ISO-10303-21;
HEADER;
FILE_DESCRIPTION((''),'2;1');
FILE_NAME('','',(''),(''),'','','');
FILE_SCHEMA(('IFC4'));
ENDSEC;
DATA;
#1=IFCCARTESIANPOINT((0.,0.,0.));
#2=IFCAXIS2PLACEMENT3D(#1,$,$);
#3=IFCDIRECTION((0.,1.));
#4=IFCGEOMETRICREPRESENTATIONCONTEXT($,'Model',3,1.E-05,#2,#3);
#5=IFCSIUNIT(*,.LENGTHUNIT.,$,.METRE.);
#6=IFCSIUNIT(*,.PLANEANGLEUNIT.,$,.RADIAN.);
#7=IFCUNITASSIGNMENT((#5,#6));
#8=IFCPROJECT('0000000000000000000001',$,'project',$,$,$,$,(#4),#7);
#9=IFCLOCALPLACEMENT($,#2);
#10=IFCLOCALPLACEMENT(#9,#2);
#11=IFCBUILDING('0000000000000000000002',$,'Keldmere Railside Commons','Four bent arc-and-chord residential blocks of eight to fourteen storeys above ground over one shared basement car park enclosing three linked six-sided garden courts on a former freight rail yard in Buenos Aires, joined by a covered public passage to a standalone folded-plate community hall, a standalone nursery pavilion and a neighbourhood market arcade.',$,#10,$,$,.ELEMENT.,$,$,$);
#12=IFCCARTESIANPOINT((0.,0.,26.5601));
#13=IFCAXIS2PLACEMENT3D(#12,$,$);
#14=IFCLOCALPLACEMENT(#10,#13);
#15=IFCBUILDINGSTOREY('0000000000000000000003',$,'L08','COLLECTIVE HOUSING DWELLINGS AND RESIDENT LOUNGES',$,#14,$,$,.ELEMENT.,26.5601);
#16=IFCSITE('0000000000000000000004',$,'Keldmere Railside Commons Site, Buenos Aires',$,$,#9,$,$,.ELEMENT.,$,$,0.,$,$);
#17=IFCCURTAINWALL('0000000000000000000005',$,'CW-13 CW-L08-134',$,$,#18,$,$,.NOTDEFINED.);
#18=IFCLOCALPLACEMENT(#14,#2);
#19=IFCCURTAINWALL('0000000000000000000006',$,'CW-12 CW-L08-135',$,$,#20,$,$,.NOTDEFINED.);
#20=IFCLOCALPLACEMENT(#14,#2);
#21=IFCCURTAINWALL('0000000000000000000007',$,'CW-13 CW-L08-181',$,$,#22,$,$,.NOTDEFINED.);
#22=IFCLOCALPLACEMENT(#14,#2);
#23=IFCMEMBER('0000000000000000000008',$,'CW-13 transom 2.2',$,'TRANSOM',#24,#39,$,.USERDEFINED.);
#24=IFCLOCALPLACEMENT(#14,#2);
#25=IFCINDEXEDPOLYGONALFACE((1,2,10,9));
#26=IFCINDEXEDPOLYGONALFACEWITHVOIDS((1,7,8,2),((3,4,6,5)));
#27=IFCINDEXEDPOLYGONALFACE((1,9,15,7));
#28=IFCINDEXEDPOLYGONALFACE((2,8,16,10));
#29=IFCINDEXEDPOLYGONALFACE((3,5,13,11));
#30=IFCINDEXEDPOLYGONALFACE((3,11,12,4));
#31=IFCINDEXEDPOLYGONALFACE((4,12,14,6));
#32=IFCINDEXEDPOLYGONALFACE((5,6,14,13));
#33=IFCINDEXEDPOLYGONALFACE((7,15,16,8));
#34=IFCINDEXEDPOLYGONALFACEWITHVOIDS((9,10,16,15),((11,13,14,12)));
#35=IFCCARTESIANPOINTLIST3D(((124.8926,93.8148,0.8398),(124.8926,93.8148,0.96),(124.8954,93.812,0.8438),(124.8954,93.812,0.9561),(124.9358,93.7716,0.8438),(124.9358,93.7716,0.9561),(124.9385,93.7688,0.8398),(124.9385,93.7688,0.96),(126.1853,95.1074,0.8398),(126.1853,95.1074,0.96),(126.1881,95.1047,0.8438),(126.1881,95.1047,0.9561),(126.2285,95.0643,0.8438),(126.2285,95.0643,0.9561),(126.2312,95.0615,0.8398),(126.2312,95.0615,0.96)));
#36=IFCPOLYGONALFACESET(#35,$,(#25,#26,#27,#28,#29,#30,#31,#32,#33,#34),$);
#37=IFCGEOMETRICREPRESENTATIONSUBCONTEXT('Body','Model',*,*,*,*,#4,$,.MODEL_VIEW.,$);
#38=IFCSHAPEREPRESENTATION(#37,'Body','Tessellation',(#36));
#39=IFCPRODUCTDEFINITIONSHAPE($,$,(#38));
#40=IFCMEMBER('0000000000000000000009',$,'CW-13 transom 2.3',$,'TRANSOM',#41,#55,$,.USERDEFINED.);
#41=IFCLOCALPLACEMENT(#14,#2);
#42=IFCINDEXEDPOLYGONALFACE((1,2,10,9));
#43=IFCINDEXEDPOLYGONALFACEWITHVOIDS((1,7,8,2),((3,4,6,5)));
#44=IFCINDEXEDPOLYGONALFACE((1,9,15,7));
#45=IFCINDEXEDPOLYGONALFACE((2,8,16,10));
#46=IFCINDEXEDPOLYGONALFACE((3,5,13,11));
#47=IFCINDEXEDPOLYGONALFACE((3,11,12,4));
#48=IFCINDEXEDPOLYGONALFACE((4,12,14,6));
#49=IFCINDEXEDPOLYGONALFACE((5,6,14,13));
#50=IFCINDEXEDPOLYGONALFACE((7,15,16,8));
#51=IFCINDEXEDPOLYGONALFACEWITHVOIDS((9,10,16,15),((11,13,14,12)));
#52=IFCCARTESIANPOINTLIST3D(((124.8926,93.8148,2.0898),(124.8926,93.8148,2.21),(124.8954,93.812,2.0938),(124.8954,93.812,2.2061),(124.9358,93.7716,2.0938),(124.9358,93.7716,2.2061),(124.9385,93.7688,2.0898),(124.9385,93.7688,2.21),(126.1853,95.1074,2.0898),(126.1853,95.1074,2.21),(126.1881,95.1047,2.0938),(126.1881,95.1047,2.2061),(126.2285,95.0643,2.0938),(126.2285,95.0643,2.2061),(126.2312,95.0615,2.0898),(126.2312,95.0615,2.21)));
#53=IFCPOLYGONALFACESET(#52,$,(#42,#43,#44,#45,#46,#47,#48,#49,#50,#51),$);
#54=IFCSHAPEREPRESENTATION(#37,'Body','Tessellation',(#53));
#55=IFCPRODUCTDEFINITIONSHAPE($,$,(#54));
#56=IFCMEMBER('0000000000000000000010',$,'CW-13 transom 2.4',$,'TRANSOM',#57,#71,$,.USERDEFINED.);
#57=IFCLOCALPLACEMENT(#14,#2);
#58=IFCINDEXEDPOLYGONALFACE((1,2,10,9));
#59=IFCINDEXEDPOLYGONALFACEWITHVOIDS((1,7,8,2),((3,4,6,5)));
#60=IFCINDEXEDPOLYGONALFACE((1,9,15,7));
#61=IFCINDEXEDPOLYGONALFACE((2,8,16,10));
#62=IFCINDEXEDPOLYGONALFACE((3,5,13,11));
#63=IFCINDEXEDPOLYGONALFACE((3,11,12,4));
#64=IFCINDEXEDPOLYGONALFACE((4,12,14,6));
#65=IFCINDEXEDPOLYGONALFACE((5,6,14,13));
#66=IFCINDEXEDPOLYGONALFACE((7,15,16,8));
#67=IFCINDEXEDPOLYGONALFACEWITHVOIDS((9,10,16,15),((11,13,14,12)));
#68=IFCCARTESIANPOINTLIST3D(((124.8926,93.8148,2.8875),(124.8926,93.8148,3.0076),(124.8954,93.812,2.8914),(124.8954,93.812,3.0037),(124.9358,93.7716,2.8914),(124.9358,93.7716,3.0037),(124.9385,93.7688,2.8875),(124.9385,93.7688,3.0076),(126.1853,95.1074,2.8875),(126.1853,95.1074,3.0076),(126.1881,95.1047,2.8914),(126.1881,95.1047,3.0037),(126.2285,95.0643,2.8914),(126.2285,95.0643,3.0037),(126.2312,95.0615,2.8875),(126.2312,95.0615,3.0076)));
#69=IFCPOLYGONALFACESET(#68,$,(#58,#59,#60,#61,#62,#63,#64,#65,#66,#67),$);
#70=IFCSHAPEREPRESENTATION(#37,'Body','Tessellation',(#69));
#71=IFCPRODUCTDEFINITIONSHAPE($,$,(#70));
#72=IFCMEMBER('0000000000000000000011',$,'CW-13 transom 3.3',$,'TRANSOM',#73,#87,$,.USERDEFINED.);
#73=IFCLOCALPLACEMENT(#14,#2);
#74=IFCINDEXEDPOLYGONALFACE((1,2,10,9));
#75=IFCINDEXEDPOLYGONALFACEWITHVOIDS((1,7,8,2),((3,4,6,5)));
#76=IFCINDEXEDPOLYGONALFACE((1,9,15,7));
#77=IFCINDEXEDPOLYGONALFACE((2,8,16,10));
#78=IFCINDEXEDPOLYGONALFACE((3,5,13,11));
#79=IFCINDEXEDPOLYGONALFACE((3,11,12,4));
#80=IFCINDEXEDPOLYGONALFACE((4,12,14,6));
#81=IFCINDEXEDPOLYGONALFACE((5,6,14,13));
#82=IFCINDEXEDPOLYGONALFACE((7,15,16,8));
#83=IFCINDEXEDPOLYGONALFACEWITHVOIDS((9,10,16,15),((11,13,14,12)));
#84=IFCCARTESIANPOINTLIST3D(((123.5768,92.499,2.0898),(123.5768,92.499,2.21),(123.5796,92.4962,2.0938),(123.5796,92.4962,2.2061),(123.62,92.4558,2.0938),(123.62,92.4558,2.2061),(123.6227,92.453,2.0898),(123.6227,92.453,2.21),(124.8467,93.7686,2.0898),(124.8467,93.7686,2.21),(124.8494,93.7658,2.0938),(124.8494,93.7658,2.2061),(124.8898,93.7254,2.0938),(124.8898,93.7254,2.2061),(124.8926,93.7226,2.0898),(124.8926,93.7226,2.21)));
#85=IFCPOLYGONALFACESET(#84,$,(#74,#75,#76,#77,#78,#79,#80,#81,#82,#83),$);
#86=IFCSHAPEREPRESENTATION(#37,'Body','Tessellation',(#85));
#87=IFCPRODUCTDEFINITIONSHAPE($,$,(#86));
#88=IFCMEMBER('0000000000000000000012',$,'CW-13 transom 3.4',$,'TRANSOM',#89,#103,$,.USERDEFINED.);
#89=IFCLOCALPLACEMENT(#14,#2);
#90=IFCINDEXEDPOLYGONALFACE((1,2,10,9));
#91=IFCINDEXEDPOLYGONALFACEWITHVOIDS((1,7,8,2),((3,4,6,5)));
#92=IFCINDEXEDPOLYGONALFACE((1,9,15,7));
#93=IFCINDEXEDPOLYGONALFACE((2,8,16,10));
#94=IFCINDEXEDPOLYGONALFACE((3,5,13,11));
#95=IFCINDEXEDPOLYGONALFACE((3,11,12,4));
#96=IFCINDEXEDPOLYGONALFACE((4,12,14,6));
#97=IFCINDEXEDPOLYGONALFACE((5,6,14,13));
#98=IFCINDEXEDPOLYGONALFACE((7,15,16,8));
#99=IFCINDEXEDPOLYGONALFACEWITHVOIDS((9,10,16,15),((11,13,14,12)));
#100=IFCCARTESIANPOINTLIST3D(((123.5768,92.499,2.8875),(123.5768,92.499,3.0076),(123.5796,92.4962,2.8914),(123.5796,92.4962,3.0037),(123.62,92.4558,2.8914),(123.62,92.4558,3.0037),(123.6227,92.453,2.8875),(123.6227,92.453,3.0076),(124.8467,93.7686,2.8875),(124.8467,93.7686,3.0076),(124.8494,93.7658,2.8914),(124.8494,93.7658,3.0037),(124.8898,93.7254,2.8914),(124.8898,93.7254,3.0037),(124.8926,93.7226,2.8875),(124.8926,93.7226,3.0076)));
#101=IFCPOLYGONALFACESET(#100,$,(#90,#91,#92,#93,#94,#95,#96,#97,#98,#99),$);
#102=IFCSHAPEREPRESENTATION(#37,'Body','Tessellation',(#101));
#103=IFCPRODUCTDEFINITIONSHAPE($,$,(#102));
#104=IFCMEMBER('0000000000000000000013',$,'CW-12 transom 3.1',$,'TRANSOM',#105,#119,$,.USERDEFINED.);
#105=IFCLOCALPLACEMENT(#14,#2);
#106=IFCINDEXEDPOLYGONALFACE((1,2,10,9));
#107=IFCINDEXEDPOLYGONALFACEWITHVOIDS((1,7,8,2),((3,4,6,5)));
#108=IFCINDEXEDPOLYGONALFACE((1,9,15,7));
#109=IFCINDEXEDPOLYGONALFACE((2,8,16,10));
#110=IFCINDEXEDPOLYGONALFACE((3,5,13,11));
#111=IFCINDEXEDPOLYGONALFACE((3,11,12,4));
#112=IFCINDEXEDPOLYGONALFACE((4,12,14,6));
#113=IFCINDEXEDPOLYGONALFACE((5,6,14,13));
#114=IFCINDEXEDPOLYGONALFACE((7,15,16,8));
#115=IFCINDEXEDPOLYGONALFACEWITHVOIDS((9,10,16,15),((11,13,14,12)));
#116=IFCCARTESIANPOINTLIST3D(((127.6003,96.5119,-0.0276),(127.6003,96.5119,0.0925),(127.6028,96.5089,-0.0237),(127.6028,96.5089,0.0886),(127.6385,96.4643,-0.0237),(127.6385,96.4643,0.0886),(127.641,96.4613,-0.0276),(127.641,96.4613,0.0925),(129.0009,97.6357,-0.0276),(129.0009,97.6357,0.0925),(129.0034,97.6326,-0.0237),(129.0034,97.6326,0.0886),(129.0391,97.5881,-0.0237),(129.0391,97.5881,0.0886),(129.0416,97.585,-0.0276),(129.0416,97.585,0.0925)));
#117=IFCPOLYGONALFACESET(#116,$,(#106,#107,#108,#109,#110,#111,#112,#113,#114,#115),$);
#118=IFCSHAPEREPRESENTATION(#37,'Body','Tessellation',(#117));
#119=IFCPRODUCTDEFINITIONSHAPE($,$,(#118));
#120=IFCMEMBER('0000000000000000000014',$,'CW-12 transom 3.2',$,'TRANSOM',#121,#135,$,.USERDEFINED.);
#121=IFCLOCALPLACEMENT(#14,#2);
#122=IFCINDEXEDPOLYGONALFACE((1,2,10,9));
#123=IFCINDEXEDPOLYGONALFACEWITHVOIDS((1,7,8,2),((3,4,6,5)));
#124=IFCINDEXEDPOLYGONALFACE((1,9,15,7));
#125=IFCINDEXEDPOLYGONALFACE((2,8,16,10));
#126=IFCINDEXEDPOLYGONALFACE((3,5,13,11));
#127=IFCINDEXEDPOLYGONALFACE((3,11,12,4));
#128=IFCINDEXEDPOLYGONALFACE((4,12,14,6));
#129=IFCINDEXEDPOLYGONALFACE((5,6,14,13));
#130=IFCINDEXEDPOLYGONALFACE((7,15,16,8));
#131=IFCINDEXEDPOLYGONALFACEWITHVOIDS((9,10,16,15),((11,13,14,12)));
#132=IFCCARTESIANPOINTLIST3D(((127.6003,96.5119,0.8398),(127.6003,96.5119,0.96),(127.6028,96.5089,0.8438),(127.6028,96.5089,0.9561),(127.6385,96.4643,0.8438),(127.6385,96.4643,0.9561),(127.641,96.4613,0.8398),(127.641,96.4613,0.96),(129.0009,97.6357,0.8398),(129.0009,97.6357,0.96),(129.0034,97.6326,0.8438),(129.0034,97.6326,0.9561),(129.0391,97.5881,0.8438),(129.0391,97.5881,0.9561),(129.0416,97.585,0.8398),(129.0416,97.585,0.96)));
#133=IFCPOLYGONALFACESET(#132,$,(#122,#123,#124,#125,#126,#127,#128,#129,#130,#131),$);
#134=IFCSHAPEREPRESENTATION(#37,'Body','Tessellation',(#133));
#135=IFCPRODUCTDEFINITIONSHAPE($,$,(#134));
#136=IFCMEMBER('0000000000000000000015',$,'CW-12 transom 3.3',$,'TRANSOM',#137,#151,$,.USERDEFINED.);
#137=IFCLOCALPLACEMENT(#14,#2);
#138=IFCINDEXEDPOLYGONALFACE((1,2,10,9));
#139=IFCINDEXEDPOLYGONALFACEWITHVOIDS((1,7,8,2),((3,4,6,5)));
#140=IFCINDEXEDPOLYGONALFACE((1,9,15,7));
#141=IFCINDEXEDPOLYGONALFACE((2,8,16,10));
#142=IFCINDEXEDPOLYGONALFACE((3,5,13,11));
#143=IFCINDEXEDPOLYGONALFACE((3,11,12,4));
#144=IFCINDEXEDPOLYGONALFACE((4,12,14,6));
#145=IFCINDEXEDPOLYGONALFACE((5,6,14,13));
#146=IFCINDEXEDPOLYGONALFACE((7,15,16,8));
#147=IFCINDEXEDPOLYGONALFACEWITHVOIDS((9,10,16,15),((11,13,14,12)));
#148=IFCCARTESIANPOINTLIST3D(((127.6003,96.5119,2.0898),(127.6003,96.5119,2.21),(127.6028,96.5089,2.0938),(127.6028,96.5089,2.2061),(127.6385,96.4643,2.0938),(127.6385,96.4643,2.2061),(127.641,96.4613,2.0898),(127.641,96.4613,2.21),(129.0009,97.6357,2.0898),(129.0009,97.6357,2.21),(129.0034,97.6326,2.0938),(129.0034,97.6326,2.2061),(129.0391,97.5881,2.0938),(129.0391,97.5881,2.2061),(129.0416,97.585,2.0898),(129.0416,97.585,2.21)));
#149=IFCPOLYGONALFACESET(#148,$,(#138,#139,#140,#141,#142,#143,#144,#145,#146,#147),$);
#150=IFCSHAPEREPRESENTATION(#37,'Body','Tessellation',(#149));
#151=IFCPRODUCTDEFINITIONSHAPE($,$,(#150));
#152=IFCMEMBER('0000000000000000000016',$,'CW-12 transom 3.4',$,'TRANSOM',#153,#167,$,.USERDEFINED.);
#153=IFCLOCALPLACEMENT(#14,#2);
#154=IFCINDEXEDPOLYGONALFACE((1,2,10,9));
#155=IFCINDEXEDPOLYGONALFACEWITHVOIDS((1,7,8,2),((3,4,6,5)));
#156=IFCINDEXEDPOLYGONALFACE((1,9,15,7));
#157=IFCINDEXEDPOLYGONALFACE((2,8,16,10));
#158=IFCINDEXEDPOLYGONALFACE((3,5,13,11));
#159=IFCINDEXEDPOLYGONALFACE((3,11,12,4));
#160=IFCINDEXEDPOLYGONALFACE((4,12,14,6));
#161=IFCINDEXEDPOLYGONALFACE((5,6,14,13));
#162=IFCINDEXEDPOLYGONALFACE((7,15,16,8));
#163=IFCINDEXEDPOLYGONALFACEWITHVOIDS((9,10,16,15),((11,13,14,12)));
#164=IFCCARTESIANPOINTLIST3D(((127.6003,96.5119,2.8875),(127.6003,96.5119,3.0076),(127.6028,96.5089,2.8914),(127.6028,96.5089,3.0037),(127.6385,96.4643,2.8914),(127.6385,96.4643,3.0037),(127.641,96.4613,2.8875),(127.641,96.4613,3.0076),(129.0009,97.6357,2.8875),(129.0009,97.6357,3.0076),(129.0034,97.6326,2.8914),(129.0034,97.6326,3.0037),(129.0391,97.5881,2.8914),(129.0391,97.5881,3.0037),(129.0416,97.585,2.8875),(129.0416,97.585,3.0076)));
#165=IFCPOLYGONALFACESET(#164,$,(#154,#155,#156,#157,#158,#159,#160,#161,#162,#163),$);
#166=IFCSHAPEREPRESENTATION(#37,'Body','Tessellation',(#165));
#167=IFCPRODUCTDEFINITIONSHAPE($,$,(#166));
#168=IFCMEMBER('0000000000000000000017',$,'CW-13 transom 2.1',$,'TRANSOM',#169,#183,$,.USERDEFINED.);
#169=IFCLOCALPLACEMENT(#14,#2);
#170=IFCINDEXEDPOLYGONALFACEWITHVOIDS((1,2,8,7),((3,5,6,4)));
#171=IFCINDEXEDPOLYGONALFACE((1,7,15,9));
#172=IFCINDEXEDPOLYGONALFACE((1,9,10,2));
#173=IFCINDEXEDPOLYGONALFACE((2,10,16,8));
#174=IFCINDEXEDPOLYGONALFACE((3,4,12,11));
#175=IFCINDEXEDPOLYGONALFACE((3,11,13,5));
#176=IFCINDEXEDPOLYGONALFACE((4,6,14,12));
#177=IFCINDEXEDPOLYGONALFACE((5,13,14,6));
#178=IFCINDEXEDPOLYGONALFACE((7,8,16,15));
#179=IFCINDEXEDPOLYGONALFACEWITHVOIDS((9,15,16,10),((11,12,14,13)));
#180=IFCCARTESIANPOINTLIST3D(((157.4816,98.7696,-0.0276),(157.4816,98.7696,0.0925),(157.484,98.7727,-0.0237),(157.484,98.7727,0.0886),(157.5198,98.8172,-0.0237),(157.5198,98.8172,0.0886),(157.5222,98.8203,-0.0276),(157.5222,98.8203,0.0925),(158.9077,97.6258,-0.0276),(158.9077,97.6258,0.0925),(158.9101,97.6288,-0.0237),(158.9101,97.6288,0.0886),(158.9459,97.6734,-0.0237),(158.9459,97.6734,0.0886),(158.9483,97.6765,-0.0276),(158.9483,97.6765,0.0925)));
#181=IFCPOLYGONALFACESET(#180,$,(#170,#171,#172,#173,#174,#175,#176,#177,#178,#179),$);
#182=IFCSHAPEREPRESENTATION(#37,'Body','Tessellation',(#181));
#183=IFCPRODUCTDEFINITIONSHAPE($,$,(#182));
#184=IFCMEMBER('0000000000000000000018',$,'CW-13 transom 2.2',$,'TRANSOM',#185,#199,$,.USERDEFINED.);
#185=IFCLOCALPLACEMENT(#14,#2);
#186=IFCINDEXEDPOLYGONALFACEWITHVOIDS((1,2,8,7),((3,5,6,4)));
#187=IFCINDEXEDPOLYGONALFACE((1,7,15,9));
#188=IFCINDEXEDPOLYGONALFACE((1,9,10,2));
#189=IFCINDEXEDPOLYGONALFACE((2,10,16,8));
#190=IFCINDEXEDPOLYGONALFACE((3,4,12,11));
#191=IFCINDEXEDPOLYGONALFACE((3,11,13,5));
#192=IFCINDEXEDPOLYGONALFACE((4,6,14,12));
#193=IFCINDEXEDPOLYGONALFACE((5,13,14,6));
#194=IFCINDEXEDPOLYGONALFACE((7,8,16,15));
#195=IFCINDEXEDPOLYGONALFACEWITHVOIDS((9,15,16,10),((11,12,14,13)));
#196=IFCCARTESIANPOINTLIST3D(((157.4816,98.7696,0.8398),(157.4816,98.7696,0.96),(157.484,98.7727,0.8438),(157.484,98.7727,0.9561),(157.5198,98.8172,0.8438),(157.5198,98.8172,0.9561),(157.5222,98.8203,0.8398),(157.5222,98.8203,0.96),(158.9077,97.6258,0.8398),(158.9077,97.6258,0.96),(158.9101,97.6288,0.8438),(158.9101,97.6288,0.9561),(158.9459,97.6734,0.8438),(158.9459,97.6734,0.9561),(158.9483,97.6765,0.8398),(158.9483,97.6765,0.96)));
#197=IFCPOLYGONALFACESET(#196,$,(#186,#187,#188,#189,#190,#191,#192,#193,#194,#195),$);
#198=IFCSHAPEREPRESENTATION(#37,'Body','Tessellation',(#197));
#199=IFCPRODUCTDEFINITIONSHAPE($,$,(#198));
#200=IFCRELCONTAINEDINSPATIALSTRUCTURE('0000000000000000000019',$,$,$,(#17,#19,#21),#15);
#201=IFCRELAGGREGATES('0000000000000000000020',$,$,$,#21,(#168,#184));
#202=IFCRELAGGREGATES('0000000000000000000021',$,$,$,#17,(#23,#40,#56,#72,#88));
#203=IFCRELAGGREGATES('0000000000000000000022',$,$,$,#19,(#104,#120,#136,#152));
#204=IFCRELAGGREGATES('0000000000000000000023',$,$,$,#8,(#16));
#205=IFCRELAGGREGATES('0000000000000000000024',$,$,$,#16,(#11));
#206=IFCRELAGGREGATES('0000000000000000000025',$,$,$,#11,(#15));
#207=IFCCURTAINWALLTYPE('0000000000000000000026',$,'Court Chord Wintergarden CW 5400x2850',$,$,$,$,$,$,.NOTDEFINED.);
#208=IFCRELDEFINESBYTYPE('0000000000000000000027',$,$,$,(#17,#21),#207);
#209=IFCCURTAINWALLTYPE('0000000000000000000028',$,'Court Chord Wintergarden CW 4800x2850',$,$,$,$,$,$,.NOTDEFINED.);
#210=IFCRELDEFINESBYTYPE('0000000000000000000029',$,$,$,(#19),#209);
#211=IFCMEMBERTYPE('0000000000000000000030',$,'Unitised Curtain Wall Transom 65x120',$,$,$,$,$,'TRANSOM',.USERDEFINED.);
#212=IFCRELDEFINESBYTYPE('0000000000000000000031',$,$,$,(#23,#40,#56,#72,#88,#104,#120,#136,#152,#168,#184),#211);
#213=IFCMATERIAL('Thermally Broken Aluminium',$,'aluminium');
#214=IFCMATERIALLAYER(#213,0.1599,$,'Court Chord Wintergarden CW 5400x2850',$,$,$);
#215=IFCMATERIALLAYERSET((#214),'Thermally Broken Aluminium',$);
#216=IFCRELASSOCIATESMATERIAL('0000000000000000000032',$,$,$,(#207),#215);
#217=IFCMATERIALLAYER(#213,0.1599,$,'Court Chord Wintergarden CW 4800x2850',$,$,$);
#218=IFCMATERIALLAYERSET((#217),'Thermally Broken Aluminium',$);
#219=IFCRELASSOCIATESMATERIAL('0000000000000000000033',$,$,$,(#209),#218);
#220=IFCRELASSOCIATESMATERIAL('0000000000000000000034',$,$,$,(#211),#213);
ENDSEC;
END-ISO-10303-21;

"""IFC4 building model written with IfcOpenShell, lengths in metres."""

from ifc_helpers import new_model, si_unit, direction, frame, origin, origin_2d, place, context, subcontext, project, spatial, hollow_rectangle, extrude, material, layer, layer_set, material_profile, profile_set, type_object, element, aggregate, save


model = new_model("IFC4")

# Units and contexts
model_context = context("Model", 3, precision=1e-05, world=origin(), true_north=direction((0.0, 1.0)))
body_context = subcontext(model_context, "Body", "Model", "MODEL_VIEW")
ifc_project = project(units=[si_unit("LENGTHUNIT", "METRE"), si_unit("PLANEANGLEUNIT", "RADIAN")], contexts=[model_context])

# Site, building, storey
site_placement = place(None, origin())
site = spatial("IfcSite", under=ifc_project, at=site_placement, Name="Keldmere Railside Commons Site, Buenos Aires", CompositionType="ELEMENT", RefElevation=0.0)
building_placement = place(site_placement, origin())
building = spatial("IfcBuilding", under=site, at=building_placement, Name="Keldmere Railside Commons", Description="Four bent arc-and-chord residential blocks of eight to fourteen storeys above ground over one shared basement car park enclosing three linked six-sided garden courts on a former freight rail yard in Buenos Aires, joined by a covered public passage to a standalone folded-plate community hall, a standalone nursery pavilion and a neighbourhood market arcade.", CompositionType="ELEMENT")
storey_placement = place(building_placement, frame((0.0, 0.0, 26.5601)))
storey = spatial("IfcBuildingStorey", under=building, at=storey_placement, Name="L08", Description="COLLECTIVE HOUSING DWELLINGS AND RESIDENT LOUNGES", CompositionType="ELEMENT", Elevation=26.5601)

# Curtain walls
ifc_material_1 = material(Name="Thermally Broken Aluminium", Category="aluminium")
ifc_layer_1 = layer(ifc_material_1, 0.1599, Name="Court Chord Wintergarden CW 5400x2850")
ifc_layer_set_1 = layer_set([ifc_layer_1], Name="Thermally Broken Aluminium")
curtain_wall_type_1 = type_object("IfcCurtainWallType", Name="Court Chord Wintergarden CW 5400x2850", PredefinedType="NOTDEFINED", material=ifc_layer_set_1)
curtain_wall_1_placement = place(storey_placement, origin())
curtain_wall_1 = element("IfcCurtainWall", 1, at=curtain_wall_1_placement, inside=storey, type_object=curtain_wall_type_1, Name="CW-13 CW-L08-134", PredefinedType="NOTDEFINED")
ifc_layer_2 = layer(ifc_material_1, 0.1599, Name="Court Chord Wintergarden CW 4800x2850")
ifc_layer_set_2 = layer_set([ifc_layer_2], Name="Thermally Broken Aluminium")
curtain_wall_type_2 = type_object("IfcCurtainWallType", Name="Court Chord Wintergarden CW 4800x2850", PredefinedType="NOTDEFINED", material=ifc_layer_set_2)
curtain_wall_2_placement = place(storey_placement, origin())
curtain_wall_2 = element("IfcCurtainWall", 2, at=curtain_wall_2_placement, inside=storey, type_object=curtain_wall_type_2, Name="CW-12 CW-L08-135", PredefinedType="NOTDEFINED")

# Curtain wall
curtain_wall_3_placement = place(storey_placement, origin())
curtain_wall_3 = element("IfcCurtainWall", 3, at=curtain_wall_3_placement, inside=storey, type_object=curtain_wall_type_1, Name="CW-13 CW-L08-181", PredefinedType="NOTDEFINED")

# Members
ifc_material_profile_1 = material_profile(ifc_material_1, hollow_rectangle(XDim=0.0649, YDim=0.1201, WallThickness=0.0039, at=origin_2d()), Name="ALU-TRAN-65x120")
ifc_profile_set_1 = profile_set([ifc_material_profile_1], Name="Thermally Broken Aluminium")
member_type_1 = type_object("IfcMemberType", Name="Unitised Curtain Wall Transom 65x120", ElementType="TRANSOM", PredefinedType="USERDEFINED", material=ifc_profile_set_1)
member_1_placement = place(storey_placement, frame((126.2083, 95.0845, 0.8999), z_axis=(-0.707107, -0.707107, 0.0), x_axis=(0.707107, -0.707107, 0.0)))
member_1 = element("IfcMember", 4, at=member_1_placement, type_object=member_type_1, Name="CW-13 transom 2.2", ObjectType="TRANSOM", PredefinedType="USERDEFINED", context=body_context, shape_type="SweptSolid", body=[
    extrude(hollow_rectangle(XDim=0.0649, YDim=0.1201, WallThickness=0.0039, at=origin_2d()), origin(), (0.0, 0.0, 1.0), 1.8281),
])
member_2_placement = place(storey_placement, frame((126.2083, 95.0845, 2.1499), z_axis=(-0.707107, -0.707107, 0.0), x_axis=(0.707107, -0.707107, 0.0)))
member_2 = element("IfcMember", 5, at=member_2_placement, type_object=member_type_1, Name="CW-13 transom 2.3", ObjectType="TRANSOM", PredefinedType="USERDEFINED", context=body_context, shape_type="SweptSolid", body=[
    extrude(hollow_rectangle(XDim=0.0649, YDim=0.1201, WallThickness=0.0039, at=origin_2d()), origin(), (0.0, 0.0, 1.0), 1.8281),
])
member_3_placement = place(storey_placement, frame((126.2083, 95.0845, 2.9475), z_axis=(-0.707107, -0.707107, 0.0), x_axis=(0.707107, -0.707107, 0.0)))
member_3 = element("IfcMember", 6, at=member_3_placement, type_object=member_type_1, Name="CW-13 transom 2.4", ObjectType="TRANSOM", PredefinedType="USERDEFINED", context=body_context, shape_type="SweptSolid", body=[
    extrude(hollow_rectangle(XDim=0.0649, YDim=0.1201, WallThickness=0.0039, at=origin_2d()), origin(), (0.0, 0.0, 1.0), 1.8281),
])
member_4_placement = place(storey_placement, frame((124.8696, 93.7456, 2.1499), z_axis=(-0.707175, -0.707039, 0.0), x_axis=(0.707039, -0.707175, 0.0)))
member_4 = element("IfcMember", 7, at=member_4_placement, type_object=member_type_1, Name="CW-13 transom 3.3", ObjectType="TRANSOM", PredefinedType="USERDEFINED", context=body_context, shape_type="SweptSolid", body=[
    extrude(hollow_rectangle(XDim=0.0649, YDim=0.1201, WallThickness=0.0039, at=origin_2d()), origin(), (0.0, 0.0, 1.0), 1.7957),
])
member_5_placement = place(storey_placement, frame((124.8696, 93.7456, 2.9475), z_axis=(-0.707175, -0.707039, 0.0), x_axis=(0.707039, -0.707175, 0.0)))
member_5 = element("IfcMember", 8, at=member_5_placement, type_object=member_type_1, Name="CW-13 transom 3.4", ObjectType="TRANSOM", PredefinedType="USERDEFINED", context=body_context, shape_type="SweptSolid", body=[
    extrude(hollow_rectangle(XDim=0.0649, YDim=0.1201, WallThickness=0.0039, at=origin_2d()), origin(), (0.0, 0.0, 1.0), 1.7957),
])
member_6_placement = place(storey_placement, frame((129.0212, 97.6104, 0.0325), z_axis=(-0.779979, -0.625805, 0.0), x_axis=(0.625805, -0.779979, 0.0)))
member_6 = element("IfcMember", 9, at=member_6_placement, type_object=member_type_1, Name="CW-12 transom 3.1", ObjectType="TRANSOM", PredefinedType="USERDEFINED", context=body_context, shape_type="SweptSolid", body=[
    extrude(hollow_rectangle(XDim=0.0649, YDim=0.1201, WallThickness=0.0039, at=origin_2d()), origin(), (0.0, 0.0, 1.0), 1.7957),
])
member_7_placement = place(storey_placement, frame((129.0212, 97.6104, 0.8999), z_axis=(-0.779979, -0.625805, 0.0), x_axis=(0.625805, -0.779979, 0.0)))
member_7 = element("IfcMember", 10, at=member_7_placement, type_object=member_type_1, Name="CW-12 transom 3.2", ObjectType="TRANSOM", PredefinedType="USERDEFINED", context=body_context, shape_type="SweptSolid", body=[
    extrude(hollow_rectangle(XDim=0.0649, YDim=0.1201, WallThickness=0.0039, at=origin_2d()), origin(), (0.0, 0.0, 1.0), 1.7957),
])
member_8_placement = place(storey_placement, frame((129.0212, 97.6104, 2.1499), z_axis=(-0.779979, -0.625805, 0.0), x_axis=(0.625805, -0.779979, 0.0)))
member_8 = element("IfcMember", 11, at=member_8_placement, type_object=member_type_1, Name="CW-12 transom 3.3", ObjectType="TRANSOM", PredefinedType="USERDEFINED", context=body_context, shape_type="SweptSolid", body=[
    extrude(hollow_rectangle(XDim=0.0649, YDim=0.1201, WallThickness=0.0039, at=origin_2d()), origin(), (0.0, 0.0, 1.0), 1.7957),
])
member_9_placement = place(storey_placement, frame((129.0212, 97.6104, 2.9475), z_axis=(-0.779979, -0.625805, 0.0), x_axis=(0.625805, -0.779979, 0.0)))
member_9 = element("IfcMember", 12, at=member_9_placement, type_object=member_type_1, Name="CW-12 transom 3.4", ObjectType="TRANSOM", PredefinedType="USERDEFINED", context=body_context, shape_type="SweptSolid", body=[
    extrude(hollow_rectangle(XDim=0.0649, YDim=0.1201, WallThickness=0.0039, at=origin_2d()), origin(), (0.0, 0.0, 1.0), 1.7957),
])
member_10_placement = place(storey_placement, frame((158.928, 97.6511, 0.0325), z_axis=(-0.780073, 0.625688, 0.0), x_axis=(-0.625688, -0.780073, 0.0)))
member_10 = element("IfcMember", 13, at=member_10_placement, type_object=member_type_1, Name="CW-13 transom 2.1", ObjectType="TRANSOM", PredefinedType="USERDEFINED", context=body_context, shape_type="SweptSolid", body=[
    extrude(hollow_rectangle(XDim=0.0649, YDim=0.1201, WallThickness=0.0039, at=origin_2d()), origin(), (0.0, 0.0, 1.0), 1.8281),
])
member_11_placement = place(storey_placement, frame((158.928, 97.6511, 0.8999), z_axis=(-0.780073, 0.625688, 0.0), x_axis=(-0.625688, -0.780073, 0.0)))
member_11 = element("IfcMember", 14, at=member_11_placement, type_object=member_type_1, Name="CW-13 transom 2.2", ObjectType="TRANSOM", PredefinedType="USERDEFINED", context=body_context, shape_type="SweptSolid", body=[
    extrude(hollow_rectangle(XDim=0.0649, YDim=0.1201, WallThickness=0.0039, at=origin_2d()), origin(), (0.0, 0.0, 1.0), 1.8281),
])

aggregate(curtain_wall_3, [member_10, member_11])
aggregate(curtain_wall_1, [member_1, member_2, member_3, member_4, member_5])
aggregate(curtain_wall_2, [member_6, member_7, member_8, member_9])

save(model, "model.ifc")
